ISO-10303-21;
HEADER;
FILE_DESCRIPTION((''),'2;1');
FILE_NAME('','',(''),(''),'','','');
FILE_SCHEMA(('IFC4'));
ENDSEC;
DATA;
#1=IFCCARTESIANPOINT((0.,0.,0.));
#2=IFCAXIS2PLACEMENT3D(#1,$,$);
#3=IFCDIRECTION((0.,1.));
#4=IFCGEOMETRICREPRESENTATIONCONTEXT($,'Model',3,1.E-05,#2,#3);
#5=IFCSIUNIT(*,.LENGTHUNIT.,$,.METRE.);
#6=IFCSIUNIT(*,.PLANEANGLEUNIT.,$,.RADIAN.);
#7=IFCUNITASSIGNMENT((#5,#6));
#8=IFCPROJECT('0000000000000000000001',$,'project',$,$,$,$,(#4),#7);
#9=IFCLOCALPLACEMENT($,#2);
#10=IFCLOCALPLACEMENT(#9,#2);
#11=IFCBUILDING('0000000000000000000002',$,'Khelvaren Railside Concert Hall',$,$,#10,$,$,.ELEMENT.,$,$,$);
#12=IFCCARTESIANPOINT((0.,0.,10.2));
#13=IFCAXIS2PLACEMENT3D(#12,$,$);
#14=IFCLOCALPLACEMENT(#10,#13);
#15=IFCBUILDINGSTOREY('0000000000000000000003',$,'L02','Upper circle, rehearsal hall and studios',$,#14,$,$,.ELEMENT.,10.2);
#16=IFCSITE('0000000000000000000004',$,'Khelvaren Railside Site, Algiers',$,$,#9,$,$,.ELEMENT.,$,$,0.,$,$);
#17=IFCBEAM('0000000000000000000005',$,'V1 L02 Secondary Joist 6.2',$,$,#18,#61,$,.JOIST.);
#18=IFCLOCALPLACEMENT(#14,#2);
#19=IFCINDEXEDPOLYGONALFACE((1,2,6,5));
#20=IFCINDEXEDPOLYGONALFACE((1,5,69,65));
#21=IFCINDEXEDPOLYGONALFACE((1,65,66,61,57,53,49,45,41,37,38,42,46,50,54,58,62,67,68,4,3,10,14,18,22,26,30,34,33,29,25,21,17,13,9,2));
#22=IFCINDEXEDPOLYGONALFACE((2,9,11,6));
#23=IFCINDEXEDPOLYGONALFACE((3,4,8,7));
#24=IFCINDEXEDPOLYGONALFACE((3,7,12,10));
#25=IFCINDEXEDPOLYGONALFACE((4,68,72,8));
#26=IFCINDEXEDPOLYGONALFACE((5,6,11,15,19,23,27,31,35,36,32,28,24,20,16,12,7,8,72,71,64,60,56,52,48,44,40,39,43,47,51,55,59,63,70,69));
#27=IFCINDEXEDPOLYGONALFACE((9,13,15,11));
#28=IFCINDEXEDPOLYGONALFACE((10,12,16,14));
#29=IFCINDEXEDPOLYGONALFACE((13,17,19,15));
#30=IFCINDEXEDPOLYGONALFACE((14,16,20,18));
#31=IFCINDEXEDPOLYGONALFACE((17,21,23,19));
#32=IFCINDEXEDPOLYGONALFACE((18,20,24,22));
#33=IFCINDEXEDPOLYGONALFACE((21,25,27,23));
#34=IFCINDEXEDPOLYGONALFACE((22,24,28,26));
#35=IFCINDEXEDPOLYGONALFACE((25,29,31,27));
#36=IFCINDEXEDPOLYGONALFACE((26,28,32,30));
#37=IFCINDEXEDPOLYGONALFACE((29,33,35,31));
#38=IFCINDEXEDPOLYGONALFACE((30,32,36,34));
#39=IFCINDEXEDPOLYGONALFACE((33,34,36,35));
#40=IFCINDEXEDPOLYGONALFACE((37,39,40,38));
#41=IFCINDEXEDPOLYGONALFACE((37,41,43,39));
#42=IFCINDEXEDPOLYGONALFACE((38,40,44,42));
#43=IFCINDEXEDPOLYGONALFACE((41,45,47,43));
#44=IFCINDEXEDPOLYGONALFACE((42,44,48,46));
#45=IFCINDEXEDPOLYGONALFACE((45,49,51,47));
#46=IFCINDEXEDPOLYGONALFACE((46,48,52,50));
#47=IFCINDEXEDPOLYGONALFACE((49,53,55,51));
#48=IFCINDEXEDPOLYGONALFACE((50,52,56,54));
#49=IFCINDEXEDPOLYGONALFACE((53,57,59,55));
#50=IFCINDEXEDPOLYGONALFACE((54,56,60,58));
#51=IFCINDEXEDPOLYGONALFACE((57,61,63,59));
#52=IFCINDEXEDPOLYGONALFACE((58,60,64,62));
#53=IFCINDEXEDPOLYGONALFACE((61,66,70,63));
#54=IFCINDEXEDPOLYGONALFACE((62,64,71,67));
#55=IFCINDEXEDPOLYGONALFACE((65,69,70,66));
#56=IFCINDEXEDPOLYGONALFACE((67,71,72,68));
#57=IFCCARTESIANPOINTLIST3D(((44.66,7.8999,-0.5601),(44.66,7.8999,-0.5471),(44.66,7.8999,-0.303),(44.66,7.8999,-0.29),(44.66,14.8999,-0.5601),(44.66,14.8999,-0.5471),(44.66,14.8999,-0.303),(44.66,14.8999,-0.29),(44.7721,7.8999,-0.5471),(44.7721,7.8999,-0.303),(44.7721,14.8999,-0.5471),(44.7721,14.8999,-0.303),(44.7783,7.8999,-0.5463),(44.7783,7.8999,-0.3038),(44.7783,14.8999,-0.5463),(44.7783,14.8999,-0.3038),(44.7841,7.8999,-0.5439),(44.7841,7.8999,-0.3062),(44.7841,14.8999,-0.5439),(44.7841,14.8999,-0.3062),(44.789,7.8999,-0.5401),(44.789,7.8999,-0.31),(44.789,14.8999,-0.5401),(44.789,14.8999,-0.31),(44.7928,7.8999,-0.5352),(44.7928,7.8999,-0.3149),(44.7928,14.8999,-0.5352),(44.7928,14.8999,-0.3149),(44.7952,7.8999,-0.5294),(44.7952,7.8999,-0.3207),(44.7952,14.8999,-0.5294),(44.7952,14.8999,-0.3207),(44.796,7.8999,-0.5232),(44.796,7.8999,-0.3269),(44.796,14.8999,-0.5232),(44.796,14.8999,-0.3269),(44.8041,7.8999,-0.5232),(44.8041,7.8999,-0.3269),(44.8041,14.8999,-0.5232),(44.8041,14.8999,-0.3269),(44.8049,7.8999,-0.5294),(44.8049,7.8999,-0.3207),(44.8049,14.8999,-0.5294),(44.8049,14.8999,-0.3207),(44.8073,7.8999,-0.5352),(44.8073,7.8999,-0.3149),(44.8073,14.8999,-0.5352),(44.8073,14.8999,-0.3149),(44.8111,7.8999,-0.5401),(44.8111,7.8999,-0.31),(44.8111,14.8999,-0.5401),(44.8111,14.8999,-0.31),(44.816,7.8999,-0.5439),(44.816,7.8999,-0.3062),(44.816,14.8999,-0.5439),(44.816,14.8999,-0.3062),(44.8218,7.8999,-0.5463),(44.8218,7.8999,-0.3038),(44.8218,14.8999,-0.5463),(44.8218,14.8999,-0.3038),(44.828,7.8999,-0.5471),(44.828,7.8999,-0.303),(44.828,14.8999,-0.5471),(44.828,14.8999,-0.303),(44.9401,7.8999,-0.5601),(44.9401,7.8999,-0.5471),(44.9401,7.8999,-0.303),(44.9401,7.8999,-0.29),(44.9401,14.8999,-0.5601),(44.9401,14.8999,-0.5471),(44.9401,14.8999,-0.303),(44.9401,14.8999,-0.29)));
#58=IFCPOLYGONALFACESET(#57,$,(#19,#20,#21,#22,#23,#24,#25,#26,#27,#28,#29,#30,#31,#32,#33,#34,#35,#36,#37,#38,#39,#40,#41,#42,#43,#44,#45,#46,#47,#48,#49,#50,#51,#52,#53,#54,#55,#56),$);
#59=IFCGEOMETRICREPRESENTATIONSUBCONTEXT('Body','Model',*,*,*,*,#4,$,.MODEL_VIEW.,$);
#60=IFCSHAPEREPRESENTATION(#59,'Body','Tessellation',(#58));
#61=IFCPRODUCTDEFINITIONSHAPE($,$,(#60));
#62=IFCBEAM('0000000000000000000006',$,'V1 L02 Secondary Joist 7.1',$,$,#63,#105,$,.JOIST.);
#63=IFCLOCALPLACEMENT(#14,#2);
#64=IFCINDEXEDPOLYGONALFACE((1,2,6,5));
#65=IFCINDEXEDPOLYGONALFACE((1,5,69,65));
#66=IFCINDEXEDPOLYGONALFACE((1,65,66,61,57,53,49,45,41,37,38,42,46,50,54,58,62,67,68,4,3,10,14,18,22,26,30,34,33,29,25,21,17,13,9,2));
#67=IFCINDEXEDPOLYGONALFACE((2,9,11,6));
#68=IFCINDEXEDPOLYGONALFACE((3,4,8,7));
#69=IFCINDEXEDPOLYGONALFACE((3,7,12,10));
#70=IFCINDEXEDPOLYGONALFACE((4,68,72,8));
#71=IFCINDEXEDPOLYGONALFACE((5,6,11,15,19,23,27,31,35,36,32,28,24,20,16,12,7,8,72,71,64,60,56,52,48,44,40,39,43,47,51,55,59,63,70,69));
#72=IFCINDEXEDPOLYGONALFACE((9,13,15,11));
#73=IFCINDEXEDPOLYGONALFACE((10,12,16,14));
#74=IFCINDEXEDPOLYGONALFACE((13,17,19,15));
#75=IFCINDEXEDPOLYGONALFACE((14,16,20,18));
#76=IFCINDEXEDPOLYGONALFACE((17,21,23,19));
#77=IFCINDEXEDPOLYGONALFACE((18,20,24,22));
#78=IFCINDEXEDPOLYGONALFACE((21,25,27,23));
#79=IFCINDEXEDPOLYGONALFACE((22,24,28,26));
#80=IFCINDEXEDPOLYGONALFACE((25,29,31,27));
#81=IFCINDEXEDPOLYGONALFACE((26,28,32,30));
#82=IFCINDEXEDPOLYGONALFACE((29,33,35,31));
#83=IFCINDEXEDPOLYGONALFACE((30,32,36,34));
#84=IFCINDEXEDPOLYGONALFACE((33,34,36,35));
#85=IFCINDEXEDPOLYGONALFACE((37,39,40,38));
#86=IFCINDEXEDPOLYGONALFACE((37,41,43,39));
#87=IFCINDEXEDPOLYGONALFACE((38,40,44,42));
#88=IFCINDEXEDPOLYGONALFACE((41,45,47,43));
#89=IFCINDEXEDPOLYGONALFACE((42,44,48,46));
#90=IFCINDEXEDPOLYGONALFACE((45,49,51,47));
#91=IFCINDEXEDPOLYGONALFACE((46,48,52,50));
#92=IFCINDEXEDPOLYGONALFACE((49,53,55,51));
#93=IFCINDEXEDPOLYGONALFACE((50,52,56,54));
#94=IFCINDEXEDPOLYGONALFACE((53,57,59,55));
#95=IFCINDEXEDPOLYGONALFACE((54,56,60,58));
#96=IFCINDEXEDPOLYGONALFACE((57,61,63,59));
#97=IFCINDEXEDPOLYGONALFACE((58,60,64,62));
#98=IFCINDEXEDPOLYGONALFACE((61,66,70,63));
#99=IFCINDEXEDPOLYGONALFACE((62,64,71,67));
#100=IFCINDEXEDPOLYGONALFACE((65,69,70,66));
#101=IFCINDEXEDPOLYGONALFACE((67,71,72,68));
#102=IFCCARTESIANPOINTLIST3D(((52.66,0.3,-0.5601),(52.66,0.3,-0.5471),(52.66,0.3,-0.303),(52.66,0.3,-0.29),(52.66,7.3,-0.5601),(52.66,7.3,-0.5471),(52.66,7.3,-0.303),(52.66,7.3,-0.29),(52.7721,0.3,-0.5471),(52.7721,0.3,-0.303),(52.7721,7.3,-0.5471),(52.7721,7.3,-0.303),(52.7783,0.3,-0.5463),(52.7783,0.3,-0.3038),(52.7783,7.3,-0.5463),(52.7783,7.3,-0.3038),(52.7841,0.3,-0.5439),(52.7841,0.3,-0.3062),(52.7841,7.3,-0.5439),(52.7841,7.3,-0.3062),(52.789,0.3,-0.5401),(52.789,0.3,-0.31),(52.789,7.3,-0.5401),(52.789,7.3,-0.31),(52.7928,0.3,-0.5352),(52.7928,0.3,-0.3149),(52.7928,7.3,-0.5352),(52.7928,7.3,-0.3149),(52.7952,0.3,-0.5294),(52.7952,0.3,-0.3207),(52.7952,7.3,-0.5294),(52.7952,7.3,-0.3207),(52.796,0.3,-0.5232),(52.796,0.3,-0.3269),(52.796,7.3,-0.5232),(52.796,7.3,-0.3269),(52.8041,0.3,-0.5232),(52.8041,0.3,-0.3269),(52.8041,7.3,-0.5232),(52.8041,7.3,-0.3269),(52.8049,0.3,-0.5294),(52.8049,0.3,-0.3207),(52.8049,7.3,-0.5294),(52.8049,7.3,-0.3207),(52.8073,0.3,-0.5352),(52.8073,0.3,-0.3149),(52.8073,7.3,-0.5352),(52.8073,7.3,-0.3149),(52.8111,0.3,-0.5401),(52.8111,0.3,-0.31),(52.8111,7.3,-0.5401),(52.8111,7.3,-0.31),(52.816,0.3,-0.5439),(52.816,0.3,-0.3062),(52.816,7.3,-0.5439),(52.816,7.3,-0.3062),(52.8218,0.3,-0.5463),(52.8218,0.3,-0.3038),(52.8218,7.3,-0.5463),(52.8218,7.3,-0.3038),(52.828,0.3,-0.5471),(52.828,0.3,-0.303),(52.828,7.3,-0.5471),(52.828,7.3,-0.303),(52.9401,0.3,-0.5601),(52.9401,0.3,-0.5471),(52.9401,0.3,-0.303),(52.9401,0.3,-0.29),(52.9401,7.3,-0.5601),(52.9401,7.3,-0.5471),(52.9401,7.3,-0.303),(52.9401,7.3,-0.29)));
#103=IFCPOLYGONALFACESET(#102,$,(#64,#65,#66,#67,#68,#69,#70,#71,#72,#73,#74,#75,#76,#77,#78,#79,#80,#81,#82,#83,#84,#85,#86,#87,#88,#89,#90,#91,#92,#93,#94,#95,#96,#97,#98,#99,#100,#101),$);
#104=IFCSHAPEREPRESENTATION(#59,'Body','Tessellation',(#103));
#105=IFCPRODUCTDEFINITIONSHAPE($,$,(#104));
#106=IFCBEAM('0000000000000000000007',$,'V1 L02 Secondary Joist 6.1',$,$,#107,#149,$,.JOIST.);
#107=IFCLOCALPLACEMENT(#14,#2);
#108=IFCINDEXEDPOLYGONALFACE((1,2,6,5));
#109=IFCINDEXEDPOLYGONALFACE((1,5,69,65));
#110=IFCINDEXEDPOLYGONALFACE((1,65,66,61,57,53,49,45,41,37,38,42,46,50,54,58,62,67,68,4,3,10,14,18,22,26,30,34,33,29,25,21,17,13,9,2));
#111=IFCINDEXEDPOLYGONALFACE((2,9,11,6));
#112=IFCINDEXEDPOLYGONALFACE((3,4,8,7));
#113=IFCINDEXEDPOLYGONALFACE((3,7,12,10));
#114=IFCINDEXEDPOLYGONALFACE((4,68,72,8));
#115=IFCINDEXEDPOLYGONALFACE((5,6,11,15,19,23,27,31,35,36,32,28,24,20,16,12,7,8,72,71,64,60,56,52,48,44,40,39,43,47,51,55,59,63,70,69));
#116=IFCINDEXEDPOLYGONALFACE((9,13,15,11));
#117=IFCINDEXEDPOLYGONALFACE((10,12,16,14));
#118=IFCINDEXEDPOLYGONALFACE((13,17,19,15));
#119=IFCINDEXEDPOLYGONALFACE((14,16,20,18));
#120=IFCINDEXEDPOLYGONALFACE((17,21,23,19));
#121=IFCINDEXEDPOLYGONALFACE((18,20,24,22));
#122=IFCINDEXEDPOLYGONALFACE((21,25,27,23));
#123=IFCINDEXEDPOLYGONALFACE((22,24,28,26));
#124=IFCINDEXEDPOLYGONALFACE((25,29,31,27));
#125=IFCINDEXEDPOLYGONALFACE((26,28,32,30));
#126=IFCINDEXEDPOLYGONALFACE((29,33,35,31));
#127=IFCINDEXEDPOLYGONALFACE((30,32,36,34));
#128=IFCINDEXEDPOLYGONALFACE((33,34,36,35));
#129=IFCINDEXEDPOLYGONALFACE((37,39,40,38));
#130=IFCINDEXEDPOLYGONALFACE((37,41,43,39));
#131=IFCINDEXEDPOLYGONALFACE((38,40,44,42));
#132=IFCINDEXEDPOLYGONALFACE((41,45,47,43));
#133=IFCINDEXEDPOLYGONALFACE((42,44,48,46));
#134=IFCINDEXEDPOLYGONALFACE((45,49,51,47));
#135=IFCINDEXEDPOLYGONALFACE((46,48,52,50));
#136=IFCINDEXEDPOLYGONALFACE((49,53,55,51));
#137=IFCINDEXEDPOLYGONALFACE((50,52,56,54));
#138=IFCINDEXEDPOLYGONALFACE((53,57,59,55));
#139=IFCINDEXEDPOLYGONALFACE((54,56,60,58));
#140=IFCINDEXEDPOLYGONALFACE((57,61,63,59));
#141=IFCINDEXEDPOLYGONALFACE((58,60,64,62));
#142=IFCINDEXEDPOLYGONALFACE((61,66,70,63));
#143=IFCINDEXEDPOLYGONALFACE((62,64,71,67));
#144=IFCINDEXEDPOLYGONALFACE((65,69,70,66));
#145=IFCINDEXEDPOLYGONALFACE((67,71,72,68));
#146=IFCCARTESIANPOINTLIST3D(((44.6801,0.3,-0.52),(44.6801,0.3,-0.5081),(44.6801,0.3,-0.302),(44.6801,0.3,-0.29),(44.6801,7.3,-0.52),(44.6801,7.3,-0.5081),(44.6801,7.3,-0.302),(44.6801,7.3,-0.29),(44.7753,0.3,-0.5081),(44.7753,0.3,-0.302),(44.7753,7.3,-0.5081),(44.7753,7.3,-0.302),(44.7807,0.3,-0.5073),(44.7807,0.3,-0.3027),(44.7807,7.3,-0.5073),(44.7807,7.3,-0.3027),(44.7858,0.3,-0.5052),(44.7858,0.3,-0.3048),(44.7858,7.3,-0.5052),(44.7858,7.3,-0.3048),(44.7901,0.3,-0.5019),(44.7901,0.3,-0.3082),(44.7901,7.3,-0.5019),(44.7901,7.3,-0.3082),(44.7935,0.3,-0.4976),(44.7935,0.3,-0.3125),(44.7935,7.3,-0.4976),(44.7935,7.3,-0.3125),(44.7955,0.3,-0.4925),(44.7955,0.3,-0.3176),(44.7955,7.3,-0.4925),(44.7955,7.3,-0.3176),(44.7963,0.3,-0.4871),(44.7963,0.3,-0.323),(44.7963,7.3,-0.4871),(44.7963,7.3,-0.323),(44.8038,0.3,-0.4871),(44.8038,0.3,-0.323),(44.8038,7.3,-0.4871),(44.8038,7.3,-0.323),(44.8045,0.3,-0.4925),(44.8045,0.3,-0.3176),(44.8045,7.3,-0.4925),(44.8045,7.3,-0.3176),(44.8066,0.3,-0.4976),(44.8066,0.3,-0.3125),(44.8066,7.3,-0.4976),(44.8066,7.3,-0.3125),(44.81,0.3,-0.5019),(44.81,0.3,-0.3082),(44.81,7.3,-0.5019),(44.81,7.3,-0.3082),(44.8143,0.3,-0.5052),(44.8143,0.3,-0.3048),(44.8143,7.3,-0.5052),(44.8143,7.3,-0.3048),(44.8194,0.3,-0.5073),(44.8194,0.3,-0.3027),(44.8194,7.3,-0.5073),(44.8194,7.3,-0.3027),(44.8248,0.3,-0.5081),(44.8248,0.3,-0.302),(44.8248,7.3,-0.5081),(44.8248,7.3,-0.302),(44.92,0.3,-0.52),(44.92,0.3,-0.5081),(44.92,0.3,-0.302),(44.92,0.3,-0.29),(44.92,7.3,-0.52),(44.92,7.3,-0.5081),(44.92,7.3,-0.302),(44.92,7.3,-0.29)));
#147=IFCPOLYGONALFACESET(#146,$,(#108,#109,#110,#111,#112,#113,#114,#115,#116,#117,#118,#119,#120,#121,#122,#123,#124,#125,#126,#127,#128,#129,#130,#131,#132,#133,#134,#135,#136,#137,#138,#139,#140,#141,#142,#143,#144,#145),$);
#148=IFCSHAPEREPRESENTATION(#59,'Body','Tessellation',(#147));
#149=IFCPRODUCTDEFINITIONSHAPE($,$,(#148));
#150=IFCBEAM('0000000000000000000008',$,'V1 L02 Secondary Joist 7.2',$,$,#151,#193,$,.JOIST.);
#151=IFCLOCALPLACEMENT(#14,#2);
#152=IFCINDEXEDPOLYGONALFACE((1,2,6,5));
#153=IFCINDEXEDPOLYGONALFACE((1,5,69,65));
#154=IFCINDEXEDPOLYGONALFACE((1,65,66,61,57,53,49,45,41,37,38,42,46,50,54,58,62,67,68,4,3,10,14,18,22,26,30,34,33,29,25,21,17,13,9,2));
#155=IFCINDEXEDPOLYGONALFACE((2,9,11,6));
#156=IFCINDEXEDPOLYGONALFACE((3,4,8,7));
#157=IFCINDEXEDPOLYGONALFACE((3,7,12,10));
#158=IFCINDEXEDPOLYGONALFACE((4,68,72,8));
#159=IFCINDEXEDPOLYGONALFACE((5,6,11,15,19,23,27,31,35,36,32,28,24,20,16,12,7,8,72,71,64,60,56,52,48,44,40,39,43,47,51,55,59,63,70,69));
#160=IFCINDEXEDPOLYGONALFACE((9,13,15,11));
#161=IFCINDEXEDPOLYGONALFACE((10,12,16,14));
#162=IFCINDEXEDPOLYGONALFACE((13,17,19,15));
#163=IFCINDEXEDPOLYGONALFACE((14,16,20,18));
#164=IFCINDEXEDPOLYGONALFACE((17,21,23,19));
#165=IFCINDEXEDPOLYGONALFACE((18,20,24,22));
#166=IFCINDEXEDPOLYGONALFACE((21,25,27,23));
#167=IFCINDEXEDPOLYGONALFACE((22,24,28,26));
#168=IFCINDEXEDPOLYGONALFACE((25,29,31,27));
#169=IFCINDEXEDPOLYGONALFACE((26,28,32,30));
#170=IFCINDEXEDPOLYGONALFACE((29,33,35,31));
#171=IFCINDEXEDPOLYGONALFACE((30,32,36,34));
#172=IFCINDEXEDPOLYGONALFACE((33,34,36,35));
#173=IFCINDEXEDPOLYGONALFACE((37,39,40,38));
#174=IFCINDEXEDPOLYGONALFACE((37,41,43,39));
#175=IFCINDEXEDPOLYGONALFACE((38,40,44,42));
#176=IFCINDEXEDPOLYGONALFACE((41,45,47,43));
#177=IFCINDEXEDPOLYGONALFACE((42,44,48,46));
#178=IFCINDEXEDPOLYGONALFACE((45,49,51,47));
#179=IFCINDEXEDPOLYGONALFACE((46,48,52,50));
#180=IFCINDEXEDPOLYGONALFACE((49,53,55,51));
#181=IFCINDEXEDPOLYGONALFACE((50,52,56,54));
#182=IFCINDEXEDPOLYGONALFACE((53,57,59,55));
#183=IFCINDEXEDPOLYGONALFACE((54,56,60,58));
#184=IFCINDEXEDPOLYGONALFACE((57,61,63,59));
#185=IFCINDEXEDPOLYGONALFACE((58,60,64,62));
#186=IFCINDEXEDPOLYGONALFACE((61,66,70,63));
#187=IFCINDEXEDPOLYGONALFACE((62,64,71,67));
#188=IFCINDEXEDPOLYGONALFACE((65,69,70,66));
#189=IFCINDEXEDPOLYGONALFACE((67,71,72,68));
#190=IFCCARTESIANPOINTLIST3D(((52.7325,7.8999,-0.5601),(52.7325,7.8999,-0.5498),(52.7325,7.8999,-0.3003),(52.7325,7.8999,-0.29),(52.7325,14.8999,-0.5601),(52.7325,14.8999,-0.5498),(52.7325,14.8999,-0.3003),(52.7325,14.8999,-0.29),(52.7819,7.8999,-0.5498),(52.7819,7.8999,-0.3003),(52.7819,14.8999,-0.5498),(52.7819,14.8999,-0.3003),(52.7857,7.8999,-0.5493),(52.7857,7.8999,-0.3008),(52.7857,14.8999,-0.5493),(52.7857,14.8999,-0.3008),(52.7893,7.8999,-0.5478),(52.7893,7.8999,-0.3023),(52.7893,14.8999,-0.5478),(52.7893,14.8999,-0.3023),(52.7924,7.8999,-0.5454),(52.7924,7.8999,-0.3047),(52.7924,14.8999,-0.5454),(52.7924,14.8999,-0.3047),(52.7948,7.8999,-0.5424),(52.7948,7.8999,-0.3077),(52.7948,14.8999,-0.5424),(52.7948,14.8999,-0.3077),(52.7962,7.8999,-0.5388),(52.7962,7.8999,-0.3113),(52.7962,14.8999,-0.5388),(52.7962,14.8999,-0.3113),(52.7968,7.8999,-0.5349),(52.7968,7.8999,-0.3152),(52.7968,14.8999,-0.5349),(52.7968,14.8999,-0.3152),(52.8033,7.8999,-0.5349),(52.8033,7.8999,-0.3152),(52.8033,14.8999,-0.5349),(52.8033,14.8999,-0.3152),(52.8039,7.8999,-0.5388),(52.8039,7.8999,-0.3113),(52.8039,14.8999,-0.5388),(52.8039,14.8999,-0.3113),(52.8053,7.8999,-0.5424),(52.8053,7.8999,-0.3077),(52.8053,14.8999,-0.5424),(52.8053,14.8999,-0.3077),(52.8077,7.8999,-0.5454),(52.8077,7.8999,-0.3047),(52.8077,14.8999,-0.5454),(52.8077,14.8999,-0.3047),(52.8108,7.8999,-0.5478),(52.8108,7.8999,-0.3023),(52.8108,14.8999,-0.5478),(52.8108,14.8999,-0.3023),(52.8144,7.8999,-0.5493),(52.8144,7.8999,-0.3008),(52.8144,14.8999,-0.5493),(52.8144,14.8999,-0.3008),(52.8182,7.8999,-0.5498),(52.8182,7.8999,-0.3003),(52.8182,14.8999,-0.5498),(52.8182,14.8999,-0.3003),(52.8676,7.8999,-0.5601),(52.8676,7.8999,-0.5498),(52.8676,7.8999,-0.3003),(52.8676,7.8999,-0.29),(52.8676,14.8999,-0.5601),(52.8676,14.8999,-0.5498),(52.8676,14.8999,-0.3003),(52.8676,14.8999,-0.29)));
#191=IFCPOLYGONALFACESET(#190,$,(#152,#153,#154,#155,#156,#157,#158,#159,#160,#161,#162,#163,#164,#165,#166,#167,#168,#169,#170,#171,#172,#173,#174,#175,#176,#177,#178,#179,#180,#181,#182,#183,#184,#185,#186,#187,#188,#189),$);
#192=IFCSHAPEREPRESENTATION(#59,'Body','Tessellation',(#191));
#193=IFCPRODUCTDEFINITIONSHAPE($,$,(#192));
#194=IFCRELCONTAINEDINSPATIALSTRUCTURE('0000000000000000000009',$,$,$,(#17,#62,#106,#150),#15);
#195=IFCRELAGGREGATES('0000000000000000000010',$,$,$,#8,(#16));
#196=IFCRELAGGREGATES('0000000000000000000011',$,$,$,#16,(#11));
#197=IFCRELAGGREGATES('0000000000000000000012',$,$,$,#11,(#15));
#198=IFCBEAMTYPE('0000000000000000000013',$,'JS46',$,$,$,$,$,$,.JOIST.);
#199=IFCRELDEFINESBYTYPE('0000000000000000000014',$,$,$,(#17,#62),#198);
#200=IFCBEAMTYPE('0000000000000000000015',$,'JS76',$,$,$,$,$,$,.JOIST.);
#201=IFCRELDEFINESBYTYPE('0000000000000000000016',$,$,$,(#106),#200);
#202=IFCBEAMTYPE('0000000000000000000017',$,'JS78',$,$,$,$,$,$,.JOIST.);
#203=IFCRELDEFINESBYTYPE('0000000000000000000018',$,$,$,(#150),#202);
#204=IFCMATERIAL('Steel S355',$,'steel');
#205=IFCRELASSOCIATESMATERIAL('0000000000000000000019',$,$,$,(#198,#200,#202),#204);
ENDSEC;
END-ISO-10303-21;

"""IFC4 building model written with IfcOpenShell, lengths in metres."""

from ifc_helpers import new_model, si_unit, direction, frame, origin, origin_2d, place, context, subcontext, project, spatial, i_section, extrude, material, material_profile, profile_set, type_object, element, save


model = new_model("IFC4")

# Units and contexts
model_context = context("Model", 3, precision=1e-05, world=origin(), true_north=direction((0.0, 1.0)))
body_context = subcontext(model_context, "Body", "Model", "MODEL_VIEW")
ifc_project = project(units=[si_unit("LENGTHUNIT", "METRE"), si_unit("PLANEANGLEUNIT", "RADIAN")], contexts=[model_context])

# Site, building, storey
site_placement = place(None, origin())
site = spatial("IfcSite", under=ifc_project, at=site_placement, Name="Khelvaren Railside Site, Algiers", CompositionType="ELEMENT", RefElevation=0.0)
building_placement = place(site_placement, origin())
building = spatial("IfcBuilding", under=site, at=building_placement, Name="Khelvaren Railside Concert Hall", CompositionType="ELEMENT")
storey_placement = place(building_placement, frame((0.0, 0.0, 10.2)))
storey = spatial("IfcBuildingStorey", under=building, at=storey_placement, Name="L02", Description="Upper circle, rehearsal hall and studios", CompositionType="ELEMENT", Elevation=10.2)

# Shared definitions
ifc_material_1 = material(Name="Steel S355", Category="steel")

# Beams
ifc_material_profile_1 = material_profile(ifc_material_1, i_section(OverallWidth=0.28, OverallDepth=0.27, WebThickness=0.0081, FlangeThickness=0.0129, FilletRadius=0.0239, at=origin_2d()), Name="HEA 280")
ifc_profile_set_1 = profile_set([ifc_material_profile_1], Name="Steel S355")
beam_type_1 = type_object("IfcBeamType", Name="JS46", PredefinedType="JOIST", material=ifc_profile_set_1)
for number, where, z_axis, x_axis, name in (
    (1, (44.8, 7.8999, -0.425), (0.0, 1.0, 0.0), (-1.0, 0.0, 0.0), "V1 L02 Secondary Joist 6.2"),
    (2, (52.8, 0.3, -0.425), (0.0, 1.0, 0.0), (-1.0, 0.0, 0.0), "V1 L02 Secondary Joist 7.1"),
):
    element("IfcBeam", number, at=place(storey_placement, frame(where, z_axis=z_axis, x_axis=x_axis)), inside=storey, type_object=beam_type_1, Name=name, PredefinedType="JOIST", context=body_context, shape_type="SweptSolid", body=[
        extrude(i_section(OverallWidth=0.28, OverallDepth=0.27, WebThickness=0.0081, FlangeThickness=0.0129, FilletRadius=0.0239, at=origin_2d()), origin(), (0.0, 0.0, 1.0), 7.0),
    ])
ifc_material_profile_2 = material_profile(ifc_material_1, i_section(OverallWidth=0.24, OverallDepth=0.23, WebThickness=0.0076, FlangeThickness=0.012, FilletRadius=0.021, at=origin_2d()), Name="HEA 240")
ifc_profile_set_2 = profile_set([ifc_material_profile_2], Name="Steel S355")
beam_type_2 = type_object("IfcBeamType", Name="JS76", PredefinedType="JOIST", material=ifc_profile_set_2)
beam_1_placement = place(storey_placement, frame((44.8, 0.3, -0.405), z_axis=(0.0, 1.0, 0.0), x_axis=(-1.0, 0.0, 0.0)))
element("IfcBeam", 3, at=beam_1_placement, inside=storey, type_object=beam_type_2, Name="V1 L02 Secondary Joist 6.1", PredefinedType="JOIST", context=body_context, shape_type="SweptSolid", body=[
    extrude(i_section(OverallWidth=0.24, OverallDepth=0.23, WebThickness=0.0076, FlangeThickness=0.012, FilletRadius=0.021, at=origin_2d()), origin(), (0.0, 0.0, 1.0), 7.0),
])
ifc_material_profile_3 = material_profile(ifc_material_1, i_section(OverallWidth=0.135, OverallDepth=0.27, WebThickness=0.0066, FlangeThickness=0.0103, FilletRadius=0.0149, at=origin_2d()), Name="IPE 270")
ifc_profile_set_3 = profile_set([ifc_material_profile_3], Name="Steel S355")
beam_type_3 = type_object("IfcBeamType", Name="JS78", PredefinedType="JOIST", material=ifc_profile_set_3)
beam_2_placement = place(storey_placement, frame((52.8, 7.8999, -0.425), z_axis=(0.0, 1.0, 0.0), x_axis=(-1.0, 0.0, 0.0)))
element("IfcBeam", 4, at=beam_2_placement, inside=storey, type_object=beam_type_3, Name="V1 L02 Secondary Joist 7.2", PredefinedType="JOIST", context=body_context, shape_type="SweptSolid", body=[
    extrude(i_section(OverallWidth=0.135, OverallDepth=0.27, WebThickness=0.0066, FlangeThickness=0.0103, FilletRadius=0.0149, at=origin_2d()), origin(), (0.0, 0.0, 1.0), 7.0),
])

save(model, "model.ifc")
